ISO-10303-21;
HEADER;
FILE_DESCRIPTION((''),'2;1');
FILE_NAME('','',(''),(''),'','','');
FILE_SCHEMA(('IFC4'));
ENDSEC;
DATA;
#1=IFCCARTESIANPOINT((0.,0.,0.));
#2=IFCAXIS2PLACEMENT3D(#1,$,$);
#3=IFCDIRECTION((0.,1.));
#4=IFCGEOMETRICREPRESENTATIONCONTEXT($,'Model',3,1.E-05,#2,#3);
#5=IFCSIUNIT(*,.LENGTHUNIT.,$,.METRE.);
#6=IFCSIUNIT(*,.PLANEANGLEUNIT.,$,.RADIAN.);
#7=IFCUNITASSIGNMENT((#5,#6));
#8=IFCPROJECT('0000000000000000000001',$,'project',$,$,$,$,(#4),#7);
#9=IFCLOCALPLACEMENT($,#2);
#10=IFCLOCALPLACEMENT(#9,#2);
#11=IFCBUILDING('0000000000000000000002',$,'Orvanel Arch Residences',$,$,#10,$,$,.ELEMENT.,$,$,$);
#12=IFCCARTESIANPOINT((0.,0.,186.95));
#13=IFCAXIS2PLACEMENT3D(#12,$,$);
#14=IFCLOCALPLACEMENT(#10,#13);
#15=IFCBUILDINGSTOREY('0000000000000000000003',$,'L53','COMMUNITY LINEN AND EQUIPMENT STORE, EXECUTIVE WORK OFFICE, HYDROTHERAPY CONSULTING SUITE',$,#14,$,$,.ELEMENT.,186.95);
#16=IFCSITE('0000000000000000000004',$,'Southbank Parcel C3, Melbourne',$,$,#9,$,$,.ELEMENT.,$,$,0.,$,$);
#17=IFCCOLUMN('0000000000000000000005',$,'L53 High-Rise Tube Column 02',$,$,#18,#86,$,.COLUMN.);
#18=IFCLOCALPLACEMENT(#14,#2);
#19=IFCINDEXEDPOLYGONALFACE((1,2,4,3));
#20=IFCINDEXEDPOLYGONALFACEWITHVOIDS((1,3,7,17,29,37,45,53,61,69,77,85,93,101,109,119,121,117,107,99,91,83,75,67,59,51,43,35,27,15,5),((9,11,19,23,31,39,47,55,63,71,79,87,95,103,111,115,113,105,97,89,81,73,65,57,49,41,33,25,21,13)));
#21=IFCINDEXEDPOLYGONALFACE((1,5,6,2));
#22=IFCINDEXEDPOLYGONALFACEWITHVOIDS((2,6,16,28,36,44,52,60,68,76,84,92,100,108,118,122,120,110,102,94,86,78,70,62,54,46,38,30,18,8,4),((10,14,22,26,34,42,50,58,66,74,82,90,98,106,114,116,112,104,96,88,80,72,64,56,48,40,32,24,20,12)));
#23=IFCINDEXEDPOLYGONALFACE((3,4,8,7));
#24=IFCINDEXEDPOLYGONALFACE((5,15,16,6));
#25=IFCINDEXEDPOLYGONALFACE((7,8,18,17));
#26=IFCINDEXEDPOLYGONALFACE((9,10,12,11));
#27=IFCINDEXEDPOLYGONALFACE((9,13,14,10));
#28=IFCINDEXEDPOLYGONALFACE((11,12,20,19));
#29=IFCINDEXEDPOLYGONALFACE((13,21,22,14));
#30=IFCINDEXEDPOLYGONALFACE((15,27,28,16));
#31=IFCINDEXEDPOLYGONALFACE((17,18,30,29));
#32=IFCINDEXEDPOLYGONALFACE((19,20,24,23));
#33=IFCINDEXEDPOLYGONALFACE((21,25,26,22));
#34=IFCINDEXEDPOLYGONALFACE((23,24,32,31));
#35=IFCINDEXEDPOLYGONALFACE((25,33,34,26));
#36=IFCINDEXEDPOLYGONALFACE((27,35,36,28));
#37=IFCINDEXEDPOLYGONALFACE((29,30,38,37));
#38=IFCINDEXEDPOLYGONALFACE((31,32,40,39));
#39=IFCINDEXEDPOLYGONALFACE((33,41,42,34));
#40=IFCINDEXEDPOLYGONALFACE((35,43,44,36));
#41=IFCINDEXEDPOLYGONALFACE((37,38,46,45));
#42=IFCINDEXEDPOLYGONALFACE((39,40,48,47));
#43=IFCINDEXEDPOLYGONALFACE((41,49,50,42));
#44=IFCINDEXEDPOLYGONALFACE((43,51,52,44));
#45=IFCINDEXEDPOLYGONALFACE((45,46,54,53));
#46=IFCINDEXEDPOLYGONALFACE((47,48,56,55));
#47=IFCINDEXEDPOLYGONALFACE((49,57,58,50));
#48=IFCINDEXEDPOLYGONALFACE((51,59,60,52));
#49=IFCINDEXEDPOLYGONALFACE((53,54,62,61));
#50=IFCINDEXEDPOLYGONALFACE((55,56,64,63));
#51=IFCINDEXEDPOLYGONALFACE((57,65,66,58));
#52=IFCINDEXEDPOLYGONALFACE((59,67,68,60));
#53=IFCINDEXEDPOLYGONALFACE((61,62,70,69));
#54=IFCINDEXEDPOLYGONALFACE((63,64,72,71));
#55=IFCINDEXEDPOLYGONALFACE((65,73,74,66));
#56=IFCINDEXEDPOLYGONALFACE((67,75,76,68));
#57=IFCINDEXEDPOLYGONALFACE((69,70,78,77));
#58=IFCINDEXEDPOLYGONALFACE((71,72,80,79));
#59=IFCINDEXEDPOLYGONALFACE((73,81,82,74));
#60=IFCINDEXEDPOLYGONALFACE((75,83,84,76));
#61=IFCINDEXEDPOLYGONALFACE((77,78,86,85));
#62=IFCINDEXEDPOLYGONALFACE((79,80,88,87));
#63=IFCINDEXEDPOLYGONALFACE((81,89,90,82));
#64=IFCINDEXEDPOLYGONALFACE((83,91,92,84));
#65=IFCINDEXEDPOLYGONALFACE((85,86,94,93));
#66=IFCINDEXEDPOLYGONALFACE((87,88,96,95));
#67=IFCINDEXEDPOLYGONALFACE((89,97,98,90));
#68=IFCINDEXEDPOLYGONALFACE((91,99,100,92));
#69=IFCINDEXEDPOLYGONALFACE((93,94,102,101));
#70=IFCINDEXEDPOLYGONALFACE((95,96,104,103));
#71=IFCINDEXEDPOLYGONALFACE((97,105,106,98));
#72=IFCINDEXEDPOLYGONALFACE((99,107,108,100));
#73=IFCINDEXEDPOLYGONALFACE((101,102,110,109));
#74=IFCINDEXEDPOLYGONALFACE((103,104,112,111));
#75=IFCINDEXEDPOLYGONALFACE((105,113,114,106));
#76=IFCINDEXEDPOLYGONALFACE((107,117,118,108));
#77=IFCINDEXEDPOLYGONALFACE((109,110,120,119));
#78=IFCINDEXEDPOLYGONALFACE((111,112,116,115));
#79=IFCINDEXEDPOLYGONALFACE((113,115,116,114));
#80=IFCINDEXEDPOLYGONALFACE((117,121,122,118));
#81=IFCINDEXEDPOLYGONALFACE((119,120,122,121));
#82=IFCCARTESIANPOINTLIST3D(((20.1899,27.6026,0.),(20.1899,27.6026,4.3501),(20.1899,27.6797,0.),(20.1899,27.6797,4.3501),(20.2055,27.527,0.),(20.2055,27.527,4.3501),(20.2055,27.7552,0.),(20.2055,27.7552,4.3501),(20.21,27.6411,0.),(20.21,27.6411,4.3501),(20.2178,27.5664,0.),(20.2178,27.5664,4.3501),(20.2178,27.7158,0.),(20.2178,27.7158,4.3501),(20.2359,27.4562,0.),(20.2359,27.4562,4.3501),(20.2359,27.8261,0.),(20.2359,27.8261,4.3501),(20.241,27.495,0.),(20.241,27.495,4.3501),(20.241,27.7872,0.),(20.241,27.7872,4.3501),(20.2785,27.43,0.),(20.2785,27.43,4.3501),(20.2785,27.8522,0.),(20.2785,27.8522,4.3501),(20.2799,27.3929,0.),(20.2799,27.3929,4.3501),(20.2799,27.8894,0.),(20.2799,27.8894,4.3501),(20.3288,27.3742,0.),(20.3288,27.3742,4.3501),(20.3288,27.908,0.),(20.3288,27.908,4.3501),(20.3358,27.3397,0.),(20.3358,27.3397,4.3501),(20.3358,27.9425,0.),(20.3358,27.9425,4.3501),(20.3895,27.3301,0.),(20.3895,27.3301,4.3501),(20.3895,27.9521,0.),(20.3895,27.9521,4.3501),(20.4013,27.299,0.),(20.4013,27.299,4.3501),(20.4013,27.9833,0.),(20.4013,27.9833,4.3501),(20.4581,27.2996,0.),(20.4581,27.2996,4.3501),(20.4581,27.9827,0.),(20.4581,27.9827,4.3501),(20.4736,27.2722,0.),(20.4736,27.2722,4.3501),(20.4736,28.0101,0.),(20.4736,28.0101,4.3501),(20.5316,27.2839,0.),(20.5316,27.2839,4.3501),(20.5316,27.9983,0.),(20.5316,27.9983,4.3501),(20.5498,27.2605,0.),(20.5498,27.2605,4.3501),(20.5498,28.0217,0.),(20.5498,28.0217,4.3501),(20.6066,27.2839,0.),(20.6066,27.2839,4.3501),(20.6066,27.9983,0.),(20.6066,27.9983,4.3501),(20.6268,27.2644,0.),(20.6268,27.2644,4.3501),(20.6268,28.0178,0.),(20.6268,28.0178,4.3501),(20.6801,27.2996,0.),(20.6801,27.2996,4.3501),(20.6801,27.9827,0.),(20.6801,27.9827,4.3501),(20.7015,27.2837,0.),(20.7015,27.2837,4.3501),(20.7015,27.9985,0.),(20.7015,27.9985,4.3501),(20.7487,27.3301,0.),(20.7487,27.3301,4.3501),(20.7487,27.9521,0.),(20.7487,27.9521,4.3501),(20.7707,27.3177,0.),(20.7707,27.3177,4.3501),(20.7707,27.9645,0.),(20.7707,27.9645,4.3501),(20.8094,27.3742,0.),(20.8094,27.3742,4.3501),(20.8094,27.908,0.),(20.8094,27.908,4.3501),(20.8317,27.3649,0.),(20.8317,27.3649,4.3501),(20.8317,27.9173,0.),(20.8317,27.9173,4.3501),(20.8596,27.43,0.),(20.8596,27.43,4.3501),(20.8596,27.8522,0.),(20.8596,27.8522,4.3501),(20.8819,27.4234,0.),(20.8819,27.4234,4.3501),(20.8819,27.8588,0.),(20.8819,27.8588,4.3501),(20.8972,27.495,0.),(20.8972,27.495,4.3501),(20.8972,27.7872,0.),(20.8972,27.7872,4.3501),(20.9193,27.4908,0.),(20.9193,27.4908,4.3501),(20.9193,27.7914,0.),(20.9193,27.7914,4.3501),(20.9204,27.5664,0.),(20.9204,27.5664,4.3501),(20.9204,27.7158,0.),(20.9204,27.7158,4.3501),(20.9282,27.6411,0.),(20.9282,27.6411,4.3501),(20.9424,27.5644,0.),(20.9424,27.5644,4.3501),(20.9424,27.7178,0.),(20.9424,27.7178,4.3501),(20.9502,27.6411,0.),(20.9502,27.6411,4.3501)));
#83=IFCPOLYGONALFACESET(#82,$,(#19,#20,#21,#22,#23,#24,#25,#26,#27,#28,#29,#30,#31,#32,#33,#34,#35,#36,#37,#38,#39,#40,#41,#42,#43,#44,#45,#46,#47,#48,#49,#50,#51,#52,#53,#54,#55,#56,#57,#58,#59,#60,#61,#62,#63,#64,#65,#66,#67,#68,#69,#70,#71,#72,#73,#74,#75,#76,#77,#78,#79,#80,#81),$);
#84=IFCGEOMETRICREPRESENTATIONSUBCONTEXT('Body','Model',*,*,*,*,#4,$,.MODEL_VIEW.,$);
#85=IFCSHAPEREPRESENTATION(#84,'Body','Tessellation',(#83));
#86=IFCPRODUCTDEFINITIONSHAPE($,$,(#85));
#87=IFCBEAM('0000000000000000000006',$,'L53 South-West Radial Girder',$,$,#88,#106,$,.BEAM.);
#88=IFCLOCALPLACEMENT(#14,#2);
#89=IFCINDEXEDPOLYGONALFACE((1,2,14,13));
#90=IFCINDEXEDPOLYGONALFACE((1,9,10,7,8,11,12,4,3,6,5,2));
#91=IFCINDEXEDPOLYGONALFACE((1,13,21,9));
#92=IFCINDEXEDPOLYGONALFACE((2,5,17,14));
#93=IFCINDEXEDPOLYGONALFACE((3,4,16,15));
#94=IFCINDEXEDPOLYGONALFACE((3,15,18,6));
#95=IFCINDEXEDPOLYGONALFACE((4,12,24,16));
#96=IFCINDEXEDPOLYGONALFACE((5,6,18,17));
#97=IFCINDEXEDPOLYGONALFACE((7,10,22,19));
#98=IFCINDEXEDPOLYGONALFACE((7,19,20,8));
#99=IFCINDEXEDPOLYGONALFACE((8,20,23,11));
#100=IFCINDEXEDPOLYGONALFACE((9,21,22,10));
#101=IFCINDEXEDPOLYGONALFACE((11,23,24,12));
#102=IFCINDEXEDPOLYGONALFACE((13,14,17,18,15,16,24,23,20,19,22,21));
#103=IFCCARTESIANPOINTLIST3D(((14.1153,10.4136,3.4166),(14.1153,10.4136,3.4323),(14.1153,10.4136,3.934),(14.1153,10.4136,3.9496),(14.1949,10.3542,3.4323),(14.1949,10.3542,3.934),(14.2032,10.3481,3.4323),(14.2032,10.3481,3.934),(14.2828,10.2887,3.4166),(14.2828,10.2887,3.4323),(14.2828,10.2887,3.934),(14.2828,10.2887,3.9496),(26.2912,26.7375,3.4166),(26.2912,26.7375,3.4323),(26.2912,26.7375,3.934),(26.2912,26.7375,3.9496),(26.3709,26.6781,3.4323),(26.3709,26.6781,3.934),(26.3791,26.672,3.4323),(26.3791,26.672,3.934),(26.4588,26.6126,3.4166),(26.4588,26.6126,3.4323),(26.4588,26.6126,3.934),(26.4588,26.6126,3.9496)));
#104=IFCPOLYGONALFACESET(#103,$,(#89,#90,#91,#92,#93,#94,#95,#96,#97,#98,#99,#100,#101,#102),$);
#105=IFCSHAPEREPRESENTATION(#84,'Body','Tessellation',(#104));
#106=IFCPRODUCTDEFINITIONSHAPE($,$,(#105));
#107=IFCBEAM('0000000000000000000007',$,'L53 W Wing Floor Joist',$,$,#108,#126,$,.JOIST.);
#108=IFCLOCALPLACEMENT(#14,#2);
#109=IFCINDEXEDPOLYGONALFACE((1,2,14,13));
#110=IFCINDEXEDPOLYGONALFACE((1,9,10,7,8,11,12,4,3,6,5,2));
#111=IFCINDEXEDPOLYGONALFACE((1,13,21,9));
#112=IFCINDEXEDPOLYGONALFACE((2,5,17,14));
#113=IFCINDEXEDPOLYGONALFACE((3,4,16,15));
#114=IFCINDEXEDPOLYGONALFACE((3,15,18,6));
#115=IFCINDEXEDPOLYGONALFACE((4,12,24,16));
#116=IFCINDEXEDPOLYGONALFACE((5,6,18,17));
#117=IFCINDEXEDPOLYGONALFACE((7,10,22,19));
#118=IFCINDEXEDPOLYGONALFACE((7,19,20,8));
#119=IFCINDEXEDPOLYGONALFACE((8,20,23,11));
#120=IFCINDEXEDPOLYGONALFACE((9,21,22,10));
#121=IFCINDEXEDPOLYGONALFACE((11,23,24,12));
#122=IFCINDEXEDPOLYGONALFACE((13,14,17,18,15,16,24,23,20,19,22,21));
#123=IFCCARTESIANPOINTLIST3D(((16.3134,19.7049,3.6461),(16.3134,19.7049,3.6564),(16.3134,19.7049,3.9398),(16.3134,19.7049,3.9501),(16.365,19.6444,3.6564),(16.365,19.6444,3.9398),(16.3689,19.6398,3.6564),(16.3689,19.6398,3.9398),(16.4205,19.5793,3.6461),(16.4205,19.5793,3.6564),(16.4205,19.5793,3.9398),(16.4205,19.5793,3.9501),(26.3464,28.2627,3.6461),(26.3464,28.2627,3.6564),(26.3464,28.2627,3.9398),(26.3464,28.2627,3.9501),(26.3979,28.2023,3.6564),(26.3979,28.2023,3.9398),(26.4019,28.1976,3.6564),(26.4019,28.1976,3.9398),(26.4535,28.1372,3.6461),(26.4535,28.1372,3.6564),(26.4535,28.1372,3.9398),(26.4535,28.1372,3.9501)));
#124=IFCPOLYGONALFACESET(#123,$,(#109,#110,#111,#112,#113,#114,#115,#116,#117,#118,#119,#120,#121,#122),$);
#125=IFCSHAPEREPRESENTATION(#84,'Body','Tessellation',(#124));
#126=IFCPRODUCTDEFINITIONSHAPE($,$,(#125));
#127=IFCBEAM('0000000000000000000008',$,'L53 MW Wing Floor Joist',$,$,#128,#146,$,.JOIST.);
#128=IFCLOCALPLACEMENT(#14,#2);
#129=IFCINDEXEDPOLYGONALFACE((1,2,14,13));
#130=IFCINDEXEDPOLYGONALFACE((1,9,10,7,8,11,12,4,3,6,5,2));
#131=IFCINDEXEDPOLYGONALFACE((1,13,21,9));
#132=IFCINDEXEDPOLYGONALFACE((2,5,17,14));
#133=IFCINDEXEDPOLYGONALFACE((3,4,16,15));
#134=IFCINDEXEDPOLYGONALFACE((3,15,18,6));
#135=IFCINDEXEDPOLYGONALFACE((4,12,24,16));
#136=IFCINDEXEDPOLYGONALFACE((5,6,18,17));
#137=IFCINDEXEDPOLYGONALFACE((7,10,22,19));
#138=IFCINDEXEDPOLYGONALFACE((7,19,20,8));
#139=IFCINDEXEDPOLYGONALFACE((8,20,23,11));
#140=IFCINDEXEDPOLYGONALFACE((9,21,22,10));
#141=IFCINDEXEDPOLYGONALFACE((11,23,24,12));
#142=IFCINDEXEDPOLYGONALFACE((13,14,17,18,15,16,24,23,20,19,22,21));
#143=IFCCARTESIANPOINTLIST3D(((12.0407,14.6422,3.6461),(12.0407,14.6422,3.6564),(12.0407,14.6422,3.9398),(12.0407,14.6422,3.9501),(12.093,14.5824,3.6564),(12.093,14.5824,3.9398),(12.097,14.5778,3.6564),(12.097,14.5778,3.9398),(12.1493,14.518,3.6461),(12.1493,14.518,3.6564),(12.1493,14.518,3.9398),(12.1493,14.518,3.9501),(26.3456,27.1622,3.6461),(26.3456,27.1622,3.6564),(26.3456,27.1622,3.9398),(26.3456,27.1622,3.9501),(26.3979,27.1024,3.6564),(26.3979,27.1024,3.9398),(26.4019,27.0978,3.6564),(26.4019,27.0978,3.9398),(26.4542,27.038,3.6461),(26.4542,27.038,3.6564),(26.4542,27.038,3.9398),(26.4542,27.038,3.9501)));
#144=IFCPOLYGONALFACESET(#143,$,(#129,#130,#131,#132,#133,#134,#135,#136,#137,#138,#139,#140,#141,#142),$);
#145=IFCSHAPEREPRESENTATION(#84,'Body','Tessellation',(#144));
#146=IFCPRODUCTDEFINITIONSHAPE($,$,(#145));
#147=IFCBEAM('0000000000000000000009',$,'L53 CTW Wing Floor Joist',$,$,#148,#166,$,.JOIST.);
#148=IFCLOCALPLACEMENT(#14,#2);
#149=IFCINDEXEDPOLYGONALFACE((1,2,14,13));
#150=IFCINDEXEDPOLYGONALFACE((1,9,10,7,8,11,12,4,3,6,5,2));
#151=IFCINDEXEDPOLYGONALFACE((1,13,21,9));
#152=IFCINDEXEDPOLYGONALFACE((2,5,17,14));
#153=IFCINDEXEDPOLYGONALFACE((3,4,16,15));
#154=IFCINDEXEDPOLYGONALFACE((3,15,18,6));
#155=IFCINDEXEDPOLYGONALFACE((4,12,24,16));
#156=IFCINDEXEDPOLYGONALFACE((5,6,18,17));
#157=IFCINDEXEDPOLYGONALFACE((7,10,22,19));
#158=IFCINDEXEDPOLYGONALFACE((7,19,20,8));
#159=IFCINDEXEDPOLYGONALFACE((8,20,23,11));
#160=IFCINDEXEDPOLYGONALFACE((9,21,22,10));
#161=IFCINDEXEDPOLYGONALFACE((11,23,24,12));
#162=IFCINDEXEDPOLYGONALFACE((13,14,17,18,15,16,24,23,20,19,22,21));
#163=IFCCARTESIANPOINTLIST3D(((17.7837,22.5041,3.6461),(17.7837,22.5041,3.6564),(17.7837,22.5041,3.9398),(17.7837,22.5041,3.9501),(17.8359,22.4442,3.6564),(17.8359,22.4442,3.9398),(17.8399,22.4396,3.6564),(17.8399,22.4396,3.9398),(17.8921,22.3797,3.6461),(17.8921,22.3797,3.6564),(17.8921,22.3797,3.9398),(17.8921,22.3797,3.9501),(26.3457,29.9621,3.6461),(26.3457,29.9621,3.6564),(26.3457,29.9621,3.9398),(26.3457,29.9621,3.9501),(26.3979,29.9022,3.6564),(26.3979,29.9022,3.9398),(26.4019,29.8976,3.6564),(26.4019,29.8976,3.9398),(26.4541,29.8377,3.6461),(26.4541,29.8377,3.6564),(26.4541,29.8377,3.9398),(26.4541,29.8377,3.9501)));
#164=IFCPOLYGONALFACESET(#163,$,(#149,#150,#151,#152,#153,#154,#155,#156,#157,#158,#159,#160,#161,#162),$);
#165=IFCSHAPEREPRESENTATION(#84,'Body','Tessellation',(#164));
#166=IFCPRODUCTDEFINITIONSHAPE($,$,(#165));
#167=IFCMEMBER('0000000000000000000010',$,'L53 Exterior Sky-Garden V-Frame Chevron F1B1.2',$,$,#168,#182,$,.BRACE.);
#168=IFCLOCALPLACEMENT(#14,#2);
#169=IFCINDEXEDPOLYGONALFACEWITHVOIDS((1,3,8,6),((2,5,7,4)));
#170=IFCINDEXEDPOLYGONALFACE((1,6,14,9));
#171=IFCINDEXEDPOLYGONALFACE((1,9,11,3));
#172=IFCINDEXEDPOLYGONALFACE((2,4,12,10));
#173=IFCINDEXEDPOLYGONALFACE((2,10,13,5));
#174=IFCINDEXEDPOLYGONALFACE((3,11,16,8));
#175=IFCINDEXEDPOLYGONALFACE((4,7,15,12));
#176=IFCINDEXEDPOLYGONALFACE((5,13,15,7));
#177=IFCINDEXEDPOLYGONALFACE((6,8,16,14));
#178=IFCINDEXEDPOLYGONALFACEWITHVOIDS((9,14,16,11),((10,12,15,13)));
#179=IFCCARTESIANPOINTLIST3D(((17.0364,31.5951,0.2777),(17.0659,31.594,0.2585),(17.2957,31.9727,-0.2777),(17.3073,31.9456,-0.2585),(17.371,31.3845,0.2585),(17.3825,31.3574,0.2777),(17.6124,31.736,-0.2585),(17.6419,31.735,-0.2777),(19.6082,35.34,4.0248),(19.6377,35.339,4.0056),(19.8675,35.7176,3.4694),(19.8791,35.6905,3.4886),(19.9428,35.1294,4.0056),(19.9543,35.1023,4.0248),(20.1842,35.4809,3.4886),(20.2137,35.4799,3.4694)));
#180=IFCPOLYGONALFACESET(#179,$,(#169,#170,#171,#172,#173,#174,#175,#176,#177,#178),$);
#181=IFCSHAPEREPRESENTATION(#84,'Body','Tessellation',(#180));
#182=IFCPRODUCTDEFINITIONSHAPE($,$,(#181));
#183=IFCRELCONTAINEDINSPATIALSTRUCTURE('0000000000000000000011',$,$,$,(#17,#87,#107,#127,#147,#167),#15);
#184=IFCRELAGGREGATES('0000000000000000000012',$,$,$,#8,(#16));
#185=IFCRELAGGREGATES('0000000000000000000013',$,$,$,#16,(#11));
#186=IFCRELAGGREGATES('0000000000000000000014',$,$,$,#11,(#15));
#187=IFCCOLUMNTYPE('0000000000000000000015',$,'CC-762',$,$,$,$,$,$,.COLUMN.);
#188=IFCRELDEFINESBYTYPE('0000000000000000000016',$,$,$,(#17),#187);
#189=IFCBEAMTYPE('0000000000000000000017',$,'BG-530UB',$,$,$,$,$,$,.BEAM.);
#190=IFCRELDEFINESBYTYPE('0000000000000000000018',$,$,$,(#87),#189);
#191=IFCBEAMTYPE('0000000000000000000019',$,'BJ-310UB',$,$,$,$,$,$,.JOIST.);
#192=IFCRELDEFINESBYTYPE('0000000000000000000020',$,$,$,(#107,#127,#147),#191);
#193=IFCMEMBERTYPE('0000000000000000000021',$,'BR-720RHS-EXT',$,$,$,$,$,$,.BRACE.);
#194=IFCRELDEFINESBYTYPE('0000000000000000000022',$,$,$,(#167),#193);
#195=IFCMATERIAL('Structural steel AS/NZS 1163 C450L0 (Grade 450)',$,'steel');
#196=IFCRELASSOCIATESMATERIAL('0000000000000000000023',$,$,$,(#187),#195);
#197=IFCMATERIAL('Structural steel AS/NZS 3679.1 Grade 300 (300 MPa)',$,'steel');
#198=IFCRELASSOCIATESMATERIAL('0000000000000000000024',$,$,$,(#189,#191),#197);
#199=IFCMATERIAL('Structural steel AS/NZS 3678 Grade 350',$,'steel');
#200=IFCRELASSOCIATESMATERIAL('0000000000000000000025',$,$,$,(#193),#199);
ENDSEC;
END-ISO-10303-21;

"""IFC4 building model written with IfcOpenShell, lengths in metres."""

from ifc_helpers import new_model, si_unit, direction, frame, origin, origin_2d, place, context, subcontext, project, spatial, hollow_rectangle, hollow_circle, i_section, extrude, material, material_profile, profile_set, type_object, element, save


model = new_model("IFC4")

# Units and contexts
model_context = context("Model", 3, precision=1e-05, world=origin(), true_north=direction((0.0, 1.0)))
body_context = subcontext(model_context, "Body", "Model", "MODEL_VIEW")
ifc_project = project(units=[si_unit("LENGTHUNIT", "METRE"), si_unit("PLANEANGLEUNIT", "RADIAN")], contexts=[model_context])

# Site, building, storey
site_placement = place(None, origin())
site = spatial("IfcSite", under=ifc_project, at=site_placement, Name="Southbank Parcel C3, Melbourne", CompositionType="ELEMENT", RefElevation=0.0)
building_placement = place(site_placement, origin())
building = spatial("IfcBuilding", under=site, at=building_placement, Name="Orvanel Arch Residences", CompositionType="ELEMENT")
storey_placement = place(building_placement, frame((0.0, 0.0, 186.95)))
storey = spatial("IfcBuildingStorey", under=building, at=storey_placement, Name="L53", Description="COMMUNITY LINEN AND EQUIPMENT STORE, EXECUTIVE WORK OFFICE, HYDROTHERAPY CONSULTING SUITE", CompositionType="ELEMENT", Elevation=186.95)

# Column
ifc_material_1 = material(Name="Structural steel AS/NZS 1163 C450L0 (Grade 450)", Category="steel")
ifc_material_profile_1 = material_profile(ifc_material_1, hollow_circle(Radius=0.3811, WallThickness=0.022, at=origin_2d()), Name="CHS762x22")
ifc_profile_set_1 = profile_set([ifc_material_profile_1], Name="Structural steel AS/NZS 1163 C450L0 (Grade 450)")
column_type = type_object("IfcColumnType", Name="CC-762", PredefinedType="COLUMN", material=ifc_profile_set_1)
column_placement = place(storey_placement, frame((20.5691, 27.6411, 0.0), z_axis=(0.0, 0.0, 1.0), x_axis=(1.0, 0.0, 0.0)))
element("IfcColumn", 1, at=column_placement, inside=storey, type_object=column_type, Name="L53 High-Rise Tube Column 02", PredefinedType="COLUMN", context=body_context, shape_type="SweptSolid", body=[
    extrude(hollow_circle(Radius=0.3811, WallThickness=0.022, at=origin_2d()), origin(), (0.0, 0.0, 1.0), 4.3501),
])

# Beams
ifc_material_2 = material(Name="Structural steel AS/NZS 3679.1 Grade 300 (300 MPa)", Category="steel")
ifc_material_profile_2 = material_profile(ifc_material_2, i_section(OverallWidth=0.209, OverallDepth=0.533, WebThickness=0.0103, FlangeThickness=0.0156, at=origin_2d()), Name="530UB92.4")
ifc_profile_set_2 = profile_set([ifc_material_profile_2], Name="Structural steel AS/NZS 3679.1 Grade 300 (300 MPa)")
beam_type_1 = type_object("IfcBeamType", Name="BG-530UB", PredefinedType="BEAM", material=ifc_profile_set_2)
beam_1_placement = place(storey_placement, frame((26.375, 26.675, 3.6831), z_axis=(-0.597894, -0.801575, 0.0), x_axis=(0.801575, -0.597894, 0.0)))
element("IfcBeam", 2, at=beam_1_placement, inside=storey, type_object=beam_type_1, Name="L53 South-West Radial Girder", PredefinedType="BEAM", context=body_context, shape_type="SweptSolid", body=[
    extrude(i_section(OverallWidth=0.209, OverallDepth=0.533, WebThickness=0.0103, FlangeThickness=0.0156, at=origin_2d()), origin(), (0.0, 0.0, 1.0), 20.3647),
])
ifc_material_profile_3 = material_profile(ifc_material_2, i_section(OverallWidth=0.165, OverallDepth=0.304, WebThickness=0.0061, FlangeThickness=0.0103, at=origin_2d()), Name="310UB40.4")
ifc_profile_set_3 = profile_set([ifc_material_profile_3], Name="Structural steel AS/NZS 3679.1 Grade 300 (300 MPa)")
beam_type_2 = type_object("IfcBeamType", Name="BJ-310UB", PredefinedType="JOIST", material=ifc_profile_set_3)
beam_2_placement = place(storey_placement, frame((26.3999, 28.2, 3.7981), z_axis=(-0.760821, -0.648961, 0.0), x_axis=(0.648961, -0.760821, 0.0)))
element("IfcBeam", 3, at=beam_2_placement, inside=storey, type_object=beam_type_2, Name="L53 W Wing Floor Joist", PredefinedType="JOIST", context=body_context, shape_type="SweptSolid", body=[
    extrude(i_section(OverallWidth=0.165, OverallDepth=0.304, WebThickness=0.0061, FlangeThickness=0.0103, at=origin_2d()), origin(), (0.0, 0.0, 1.0), 13.187),
])
beam_3_placement = place(storey_placement, frame((26.3999, 27.1001, 3.7981), z_axis=(-0.752493, -0.6586, 0.0), x_axis=(0.6586, -0.752493, 0.0)))
element("IfcBeam", 4, at=beam_3_placement, inside=storey, type_object=beam_type_2, Name="L53 MW Wing Floor Joist", PredefinedType="JOIST", context=body_context, shape_type="SweptSolid", body=[
    extrude(i_section(OverallWidth=0.165, OverallDepth=0.304, WebThickness=0.0061, FlangeThickness=0.0103, at=origin_2d()), origin(), (0.0, 0.0, 1.0), 19.01),
])
beam_4_placement = place(storey_placement, frame((26.3999, 29.8999, 3.7981), z_axis=(-0.754048, -0.656819, 0.0), x_axis=(0.656819, -0.754048, 0.0)))
element("IfcBeam", 5, at=beam_4_placement, inside=storey, type_object=beam_type_2, Name="L53 CTW Wing Floor Joist", PredefinedType="JOIST", context=body_context, shape_type="SweptSolid", body=[
    extrude(i_section(OverallWidth=0.165, OverallDepth=0.304, WebThickness=0.0061, FlangeThickness=0.0103, at=origin_2d()), origin(), (0.0, 0.0, 1.0), 11.3547),
])

# Member
ifc_material_3 = material(Name="Structural steel AS/NZS 3678 Grade 350", Category="steel")
ifc_material_profile_4 = material_profile(ifc_material_3, hollow_rectangle(XDim=0.4199, YDim=0.72, WallThickness=0.0249, at=origin_2d()), Name="RHS720x420x25")
ifc_profile_set_4 = profile_set([ifc_material_profile_4], Name="Structural steel AS/NZS 3678 Grade 350")
member_type_1 = type_object("IfcMemberType", Name="BR-720RHS-EXT", PredefinedType="BRACE", material=ifc_profile_set_4)
member_1_placement = place(storey_placement, frame((17.3391, 31.665, 0.0), z_axis=(0.436719, 0.635925, 0.636298), x_axis=(-0.824332, 0.566107, 0.0)))
element("IfcMember", 6, at=member_1_placement, inside=storey, type_object=member_type_1, Name="L53 Exterior Sky-Garden V-Frame Chevron F1B1.2", PredefinedType="BRACE", context=body_context, shape_type="SweptSolid", body=[
    extrude(hollow_rectangle(XDim=0.4199, YDim=0.72, WallThickness=0.0249, at=origin_2d()), origin(), (0.0, 0.0, 1.0), 5.8889),
])

save(model, "model.ifc")
